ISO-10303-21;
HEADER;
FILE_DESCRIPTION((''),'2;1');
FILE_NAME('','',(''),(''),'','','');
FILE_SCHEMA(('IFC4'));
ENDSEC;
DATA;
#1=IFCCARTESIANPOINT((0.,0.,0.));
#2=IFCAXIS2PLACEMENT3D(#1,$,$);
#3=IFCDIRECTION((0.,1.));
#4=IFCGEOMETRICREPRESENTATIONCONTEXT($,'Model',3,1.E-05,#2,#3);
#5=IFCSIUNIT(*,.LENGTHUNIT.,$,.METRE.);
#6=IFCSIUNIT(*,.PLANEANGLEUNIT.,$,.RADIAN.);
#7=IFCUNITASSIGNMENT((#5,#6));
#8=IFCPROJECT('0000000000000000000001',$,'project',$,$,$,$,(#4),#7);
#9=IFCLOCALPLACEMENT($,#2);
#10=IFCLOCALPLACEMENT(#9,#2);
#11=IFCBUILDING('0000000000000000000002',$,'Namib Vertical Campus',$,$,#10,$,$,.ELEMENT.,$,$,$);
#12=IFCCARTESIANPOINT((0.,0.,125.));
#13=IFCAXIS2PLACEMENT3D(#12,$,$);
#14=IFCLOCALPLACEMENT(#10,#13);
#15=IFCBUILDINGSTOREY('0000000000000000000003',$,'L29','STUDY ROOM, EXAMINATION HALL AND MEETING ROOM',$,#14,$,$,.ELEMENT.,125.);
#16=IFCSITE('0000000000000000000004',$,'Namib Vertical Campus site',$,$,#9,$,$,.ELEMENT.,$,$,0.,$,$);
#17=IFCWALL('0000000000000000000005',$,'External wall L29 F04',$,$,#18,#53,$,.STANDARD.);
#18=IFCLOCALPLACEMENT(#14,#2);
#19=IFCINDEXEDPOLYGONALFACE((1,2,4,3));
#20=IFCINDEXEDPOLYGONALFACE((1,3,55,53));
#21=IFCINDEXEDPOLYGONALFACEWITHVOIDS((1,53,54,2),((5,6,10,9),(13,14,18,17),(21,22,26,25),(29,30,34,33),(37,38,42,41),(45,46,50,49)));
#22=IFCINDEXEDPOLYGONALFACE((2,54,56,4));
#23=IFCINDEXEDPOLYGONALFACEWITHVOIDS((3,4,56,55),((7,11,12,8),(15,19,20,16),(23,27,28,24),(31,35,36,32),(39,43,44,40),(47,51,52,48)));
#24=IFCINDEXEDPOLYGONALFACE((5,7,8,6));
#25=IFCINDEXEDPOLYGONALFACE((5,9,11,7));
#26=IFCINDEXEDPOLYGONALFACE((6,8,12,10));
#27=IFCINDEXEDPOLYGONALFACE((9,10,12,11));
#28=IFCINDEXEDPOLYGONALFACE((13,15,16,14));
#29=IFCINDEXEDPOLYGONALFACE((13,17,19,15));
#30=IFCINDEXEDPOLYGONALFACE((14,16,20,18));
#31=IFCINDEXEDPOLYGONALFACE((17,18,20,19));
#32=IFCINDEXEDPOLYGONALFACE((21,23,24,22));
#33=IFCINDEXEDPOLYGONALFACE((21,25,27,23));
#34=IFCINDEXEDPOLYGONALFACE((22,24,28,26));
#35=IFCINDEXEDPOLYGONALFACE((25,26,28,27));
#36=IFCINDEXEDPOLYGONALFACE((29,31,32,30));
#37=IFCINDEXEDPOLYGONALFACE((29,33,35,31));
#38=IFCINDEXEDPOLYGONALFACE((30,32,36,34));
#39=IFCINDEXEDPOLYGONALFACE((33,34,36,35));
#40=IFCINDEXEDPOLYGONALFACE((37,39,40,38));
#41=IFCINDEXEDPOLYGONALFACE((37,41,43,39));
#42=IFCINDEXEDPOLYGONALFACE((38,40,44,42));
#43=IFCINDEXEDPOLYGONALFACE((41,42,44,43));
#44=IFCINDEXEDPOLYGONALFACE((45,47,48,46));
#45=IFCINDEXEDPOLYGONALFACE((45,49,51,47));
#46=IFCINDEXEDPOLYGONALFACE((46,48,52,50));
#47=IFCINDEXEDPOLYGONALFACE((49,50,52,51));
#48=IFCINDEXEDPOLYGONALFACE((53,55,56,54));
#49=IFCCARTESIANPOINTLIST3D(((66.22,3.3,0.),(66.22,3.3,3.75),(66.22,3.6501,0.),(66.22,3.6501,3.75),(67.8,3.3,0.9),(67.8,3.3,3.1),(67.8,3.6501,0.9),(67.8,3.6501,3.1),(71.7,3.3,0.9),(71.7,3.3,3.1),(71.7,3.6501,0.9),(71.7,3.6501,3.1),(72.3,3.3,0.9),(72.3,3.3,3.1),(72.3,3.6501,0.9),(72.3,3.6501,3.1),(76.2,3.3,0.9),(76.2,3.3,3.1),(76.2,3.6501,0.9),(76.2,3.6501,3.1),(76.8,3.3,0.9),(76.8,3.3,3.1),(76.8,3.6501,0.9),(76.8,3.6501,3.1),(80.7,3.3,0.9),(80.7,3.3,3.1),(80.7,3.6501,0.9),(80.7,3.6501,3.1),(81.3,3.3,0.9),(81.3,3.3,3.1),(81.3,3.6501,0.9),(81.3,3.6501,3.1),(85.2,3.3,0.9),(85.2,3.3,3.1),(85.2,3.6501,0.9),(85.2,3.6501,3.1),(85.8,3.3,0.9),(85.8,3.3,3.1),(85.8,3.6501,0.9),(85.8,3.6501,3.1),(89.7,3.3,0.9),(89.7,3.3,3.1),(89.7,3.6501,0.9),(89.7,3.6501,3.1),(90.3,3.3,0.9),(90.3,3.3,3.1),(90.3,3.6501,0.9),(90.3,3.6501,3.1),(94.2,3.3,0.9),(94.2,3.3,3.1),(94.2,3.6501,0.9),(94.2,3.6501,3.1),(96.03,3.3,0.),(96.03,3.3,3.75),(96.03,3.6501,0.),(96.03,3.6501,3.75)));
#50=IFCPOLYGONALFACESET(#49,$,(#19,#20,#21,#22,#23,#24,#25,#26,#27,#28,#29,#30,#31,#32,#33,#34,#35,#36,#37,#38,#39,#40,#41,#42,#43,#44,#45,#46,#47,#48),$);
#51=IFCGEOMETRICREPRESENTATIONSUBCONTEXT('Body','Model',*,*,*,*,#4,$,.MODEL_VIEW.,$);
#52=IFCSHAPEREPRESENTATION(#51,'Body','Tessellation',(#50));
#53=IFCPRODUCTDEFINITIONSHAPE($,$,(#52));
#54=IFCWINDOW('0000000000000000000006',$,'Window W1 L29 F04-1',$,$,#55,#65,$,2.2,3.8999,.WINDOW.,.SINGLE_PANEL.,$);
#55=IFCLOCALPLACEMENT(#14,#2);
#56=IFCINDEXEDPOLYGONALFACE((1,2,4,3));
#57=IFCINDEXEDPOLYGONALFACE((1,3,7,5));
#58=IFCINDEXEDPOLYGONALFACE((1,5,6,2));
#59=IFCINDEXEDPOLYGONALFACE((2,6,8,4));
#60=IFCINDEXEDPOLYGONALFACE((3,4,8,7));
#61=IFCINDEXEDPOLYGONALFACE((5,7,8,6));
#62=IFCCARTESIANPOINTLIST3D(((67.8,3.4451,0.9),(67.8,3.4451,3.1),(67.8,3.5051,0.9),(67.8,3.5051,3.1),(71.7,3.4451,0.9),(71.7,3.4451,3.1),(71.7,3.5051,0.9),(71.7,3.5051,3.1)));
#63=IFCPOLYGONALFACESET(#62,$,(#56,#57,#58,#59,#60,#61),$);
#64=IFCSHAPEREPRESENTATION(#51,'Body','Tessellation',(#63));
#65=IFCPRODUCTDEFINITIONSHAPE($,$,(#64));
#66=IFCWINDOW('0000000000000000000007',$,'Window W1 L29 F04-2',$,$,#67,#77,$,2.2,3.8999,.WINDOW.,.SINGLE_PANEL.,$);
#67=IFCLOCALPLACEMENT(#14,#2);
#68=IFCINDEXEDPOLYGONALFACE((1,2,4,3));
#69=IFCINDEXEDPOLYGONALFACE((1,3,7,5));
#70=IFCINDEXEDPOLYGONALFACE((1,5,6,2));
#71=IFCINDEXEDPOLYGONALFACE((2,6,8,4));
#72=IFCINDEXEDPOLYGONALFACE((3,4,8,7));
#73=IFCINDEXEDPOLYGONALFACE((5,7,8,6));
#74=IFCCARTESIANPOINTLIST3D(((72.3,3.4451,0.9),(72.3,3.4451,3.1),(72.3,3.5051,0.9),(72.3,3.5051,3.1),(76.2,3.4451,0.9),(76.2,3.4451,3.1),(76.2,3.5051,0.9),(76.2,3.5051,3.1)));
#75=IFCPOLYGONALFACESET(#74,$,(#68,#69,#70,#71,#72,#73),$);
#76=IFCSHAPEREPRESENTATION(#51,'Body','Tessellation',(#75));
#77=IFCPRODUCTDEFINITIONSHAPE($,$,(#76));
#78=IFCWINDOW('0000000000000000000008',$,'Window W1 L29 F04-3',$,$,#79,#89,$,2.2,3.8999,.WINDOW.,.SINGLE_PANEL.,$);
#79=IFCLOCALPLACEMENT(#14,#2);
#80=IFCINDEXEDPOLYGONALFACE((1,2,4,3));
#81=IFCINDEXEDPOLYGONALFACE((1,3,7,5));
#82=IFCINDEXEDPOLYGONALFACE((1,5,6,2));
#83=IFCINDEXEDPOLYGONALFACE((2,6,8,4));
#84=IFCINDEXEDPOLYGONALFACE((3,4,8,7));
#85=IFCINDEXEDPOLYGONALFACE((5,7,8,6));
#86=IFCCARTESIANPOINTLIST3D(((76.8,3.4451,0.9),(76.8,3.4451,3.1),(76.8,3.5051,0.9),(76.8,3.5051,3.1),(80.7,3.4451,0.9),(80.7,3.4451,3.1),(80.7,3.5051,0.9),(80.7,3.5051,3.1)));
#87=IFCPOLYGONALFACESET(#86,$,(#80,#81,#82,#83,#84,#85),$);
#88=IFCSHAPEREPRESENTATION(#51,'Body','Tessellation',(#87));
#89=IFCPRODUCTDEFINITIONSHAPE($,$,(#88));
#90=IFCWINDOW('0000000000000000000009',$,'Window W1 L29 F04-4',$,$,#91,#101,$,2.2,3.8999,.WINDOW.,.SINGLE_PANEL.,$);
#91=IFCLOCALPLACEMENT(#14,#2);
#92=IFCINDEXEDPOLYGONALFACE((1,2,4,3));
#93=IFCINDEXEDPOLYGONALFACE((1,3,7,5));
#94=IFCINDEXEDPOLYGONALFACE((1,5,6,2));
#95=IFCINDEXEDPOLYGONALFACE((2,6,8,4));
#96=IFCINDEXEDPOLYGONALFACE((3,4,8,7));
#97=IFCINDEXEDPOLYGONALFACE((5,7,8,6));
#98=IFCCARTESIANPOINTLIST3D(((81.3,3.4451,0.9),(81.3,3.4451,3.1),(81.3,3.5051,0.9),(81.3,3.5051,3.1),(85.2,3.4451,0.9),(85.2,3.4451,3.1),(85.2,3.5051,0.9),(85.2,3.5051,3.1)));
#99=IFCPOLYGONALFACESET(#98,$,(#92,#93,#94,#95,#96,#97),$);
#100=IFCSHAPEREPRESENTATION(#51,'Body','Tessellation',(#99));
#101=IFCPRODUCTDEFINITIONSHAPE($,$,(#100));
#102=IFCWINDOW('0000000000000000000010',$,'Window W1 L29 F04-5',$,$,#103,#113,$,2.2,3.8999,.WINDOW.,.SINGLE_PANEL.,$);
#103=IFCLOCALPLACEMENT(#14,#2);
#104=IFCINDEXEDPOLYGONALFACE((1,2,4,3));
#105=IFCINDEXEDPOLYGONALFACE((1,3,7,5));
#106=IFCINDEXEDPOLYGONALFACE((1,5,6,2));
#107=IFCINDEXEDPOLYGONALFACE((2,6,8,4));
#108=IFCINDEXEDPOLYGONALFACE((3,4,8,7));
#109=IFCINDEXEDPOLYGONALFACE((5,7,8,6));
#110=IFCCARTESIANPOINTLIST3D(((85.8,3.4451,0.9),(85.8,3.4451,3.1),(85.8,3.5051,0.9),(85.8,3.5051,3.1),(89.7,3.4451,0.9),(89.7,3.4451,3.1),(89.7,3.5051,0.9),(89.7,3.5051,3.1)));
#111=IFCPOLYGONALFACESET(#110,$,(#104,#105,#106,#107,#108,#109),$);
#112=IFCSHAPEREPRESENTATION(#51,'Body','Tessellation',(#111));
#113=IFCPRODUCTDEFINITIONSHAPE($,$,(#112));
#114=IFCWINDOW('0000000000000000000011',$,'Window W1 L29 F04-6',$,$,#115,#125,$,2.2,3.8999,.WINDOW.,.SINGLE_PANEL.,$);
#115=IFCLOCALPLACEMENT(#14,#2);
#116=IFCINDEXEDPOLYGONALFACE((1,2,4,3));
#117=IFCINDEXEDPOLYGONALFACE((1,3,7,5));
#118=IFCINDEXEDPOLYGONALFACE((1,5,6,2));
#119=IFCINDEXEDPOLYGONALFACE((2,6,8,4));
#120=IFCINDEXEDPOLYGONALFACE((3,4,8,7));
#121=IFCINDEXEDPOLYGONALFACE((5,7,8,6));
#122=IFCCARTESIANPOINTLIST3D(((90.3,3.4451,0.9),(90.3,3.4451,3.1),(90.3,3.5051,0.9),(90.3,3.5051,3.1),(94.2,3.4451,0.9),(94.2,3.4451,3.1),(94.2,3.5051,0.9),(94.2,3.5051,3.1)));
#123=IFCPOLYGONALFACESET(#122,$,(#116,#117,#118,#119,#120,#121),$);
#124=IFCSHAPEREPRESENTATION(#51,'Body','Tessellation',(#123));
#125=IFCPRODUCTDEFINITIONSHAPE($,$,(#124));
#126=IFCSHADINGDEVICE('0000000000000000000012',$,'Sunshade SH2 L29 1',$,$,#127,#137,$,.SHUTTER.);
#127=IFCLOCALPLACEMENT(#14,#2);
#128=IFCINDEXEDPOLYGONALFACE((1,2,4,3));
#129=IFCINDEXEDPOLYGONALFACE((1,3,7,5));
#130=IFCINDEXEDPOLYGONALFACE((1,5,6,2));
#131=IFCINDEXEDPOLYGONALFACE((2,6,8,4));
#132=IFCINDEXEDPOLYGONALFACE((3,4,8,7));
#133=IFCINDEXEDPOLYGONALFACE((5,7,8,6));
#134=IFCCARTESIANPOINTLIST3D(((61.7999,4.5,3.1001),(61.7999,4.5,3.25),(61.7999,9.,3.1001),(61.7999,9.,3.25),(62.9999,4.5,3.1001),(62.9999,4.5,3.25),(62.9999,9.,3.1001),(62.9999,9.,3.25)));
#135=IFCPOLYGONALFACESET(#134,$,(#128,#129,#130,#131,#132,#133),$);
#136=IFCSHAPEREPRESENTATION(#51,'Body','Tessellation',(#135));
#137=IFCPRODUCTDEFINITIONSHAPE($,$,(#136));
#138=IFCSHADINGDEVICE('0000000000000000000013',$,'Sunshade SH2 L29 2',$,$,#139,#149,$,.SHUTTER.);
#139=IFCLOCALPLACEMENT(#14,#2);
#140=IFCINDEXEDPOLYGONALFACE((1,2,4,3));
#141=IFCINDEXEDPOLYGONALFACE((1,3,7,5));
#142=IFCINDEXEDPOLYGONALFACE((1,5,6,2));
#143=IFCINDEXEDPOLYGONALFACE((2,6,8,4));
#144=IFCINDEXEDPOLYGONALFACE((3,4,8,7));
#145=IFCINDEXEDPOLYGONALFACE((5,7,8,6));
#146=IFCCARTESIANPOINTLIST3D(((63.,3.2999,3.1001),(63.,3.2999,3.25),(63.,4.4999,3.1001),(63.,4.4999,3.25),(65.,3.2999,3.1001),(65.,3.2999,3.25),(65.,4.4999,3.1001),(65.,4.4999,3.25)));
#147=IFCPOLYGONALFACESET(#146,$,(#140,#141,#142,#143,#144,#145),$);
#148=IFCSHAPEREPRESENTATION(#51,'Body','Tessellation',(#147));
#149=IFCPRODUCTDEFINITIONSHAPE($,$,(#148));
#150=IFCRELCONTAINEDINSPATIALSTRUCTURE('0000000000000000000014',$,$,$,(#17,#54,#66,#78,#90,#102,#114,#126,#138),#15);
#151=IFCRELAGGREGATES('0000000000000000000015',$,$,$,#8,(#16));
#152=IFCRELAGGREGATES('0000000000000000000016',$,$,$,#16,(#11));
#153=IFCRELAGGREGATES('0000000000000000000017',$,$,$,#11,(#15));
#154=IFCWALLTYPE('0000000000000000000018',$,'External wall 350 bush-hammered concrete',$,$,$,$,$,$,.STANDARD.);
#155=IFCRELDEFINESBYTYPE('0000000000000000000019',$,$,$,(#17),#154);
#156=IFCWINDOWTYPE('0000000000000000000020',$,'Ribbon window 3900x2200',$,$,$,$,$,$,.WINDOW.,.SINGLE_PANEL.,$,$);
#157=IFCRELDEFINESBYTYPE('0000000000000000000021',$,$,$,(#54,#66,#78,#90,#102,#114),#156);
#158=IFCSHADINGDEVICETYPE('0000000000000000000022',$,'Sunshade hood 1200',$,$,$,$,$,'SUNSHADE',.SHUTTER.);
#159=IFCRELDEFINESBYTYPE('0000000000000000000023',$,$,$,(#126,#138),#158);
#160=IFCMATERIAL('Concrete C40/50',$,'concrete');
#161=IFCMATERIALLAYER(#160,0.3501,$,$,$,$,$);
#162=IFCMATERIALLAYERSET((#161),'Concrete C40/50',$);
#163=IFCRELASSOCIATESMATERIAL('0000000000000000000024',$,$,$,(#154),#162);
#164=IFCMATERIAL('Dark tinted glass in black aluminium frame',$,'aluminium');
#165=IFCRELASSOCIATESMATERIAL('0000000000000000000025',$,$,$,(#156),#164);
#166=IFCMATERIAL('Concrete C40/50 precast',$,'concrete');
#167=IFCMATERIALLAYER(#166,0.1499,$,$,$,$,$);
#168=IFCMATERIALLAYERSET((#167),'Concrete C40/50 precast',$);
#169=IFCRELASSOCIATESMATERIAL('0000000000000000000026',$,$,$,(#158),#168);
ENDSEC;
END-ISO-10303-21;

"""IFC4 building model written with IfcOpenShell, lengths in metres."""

from ifc_helpers import new_model, si_unit, direction, frame, frame_2d, origin, origin_2d, place, context, subcontext, project, spatial, rectangle, extrude, material, layer, layer_set, type_object, element, fill, save


model = new_model("IFC4")

# Units and contexts
model_context = context("Model", 3, precision=1e-05, world=origin(), true_north=direction((0.0, 1.0)))
body_context = subcontext(model_context, "Body", "Model", "MODEL_VIEW")
ifc_project = project(units=[si_unit("LENGTHUNIT", "METRE"), si_unit("PLANEANGLEUNIT", "RADIAN")], contexts=[model_context])

# Site, building, storey
site_placement = place(None, origin())
site = spatial("IfcSite", under=ifc_project, at=site_placement, Name="Namib Vertical Campus site", CompositionType="ELEMENT", RefElevation=0.0)
building_placement = place(site_placement, origin())
building = spatial("IfcBuilding", under=site, at=building_placement, Name="Namib Vertical Campus", CompositionType="ELEMENT")
storey_placement = place(building_placement, frame((0.0, 0.0, 125.0)))
storey = spatial("IfcBuildingStorey", under=building, at=storey_placement, Name="L29", Description="STUDY ROOM, EXAMINATION HALL AND MEETING ROOM", CompositionType="ELEMENT", Elevation=125.0)

# Shared definitions
ifc_material_1 = material(Name="Concrete C40/50", Category="concrete")
ifc_layer_1 = layer(ifc_material_1, 0.3501)
ifc_layer_set_1 = layer_set([ifc_layer_1], Name="Concrete C40/50")
wall_type = type_object("IfcWallType", Name="External wall 350 bush-hammered concrete", PredefinedType="STANDARD", material=ifc_layer_set_1)

# Wall, openings, windows
wall_1_placement = place(storey_placement, frame((66.22, 3.4751, 0.0), z_axis=(0.0, 0.0, 1.0), x_axis=(1.0, 0.0, 0.0)))
wall_1 = element("IfcWall", 1, at=wall_1_placement, inside=storey, type_object=wall_type, Name="External wall L29 F04", PredefinedType="STANDARD", context=body_context, shape_type="SweptSolid", body=[
    extrude(rectangle(XDim=29.8101, YDim=0.3501, at=frame_2d((14.905, 0.0))), origin(), (0.0, 0.0, 1.0), 3.75),
])
opening_1_placement = place(wall_1_placement, frame((1.5801, 0.0, 0.8999)))
opening_1 = element("IfcOpeningElement", 2, at=opening_1_placement, cuts=wall_1, PredefinedType="OPENING", context=body_context, shape_type="SweptSolid", body=[
    extrude(rectangle(XDim=3.8999, YDim=2.2, at=frame_2d((1.95, 1.1001))), frame((0.0, 0.1851, 0.0), z_axis=(0.0, -1.0, 0.0), x_axis=(1.0, 0.0, 0.0)), (0.0, 0.0, 1.0), 0.3701),
])
opening_2_placement = place(wall_1_placement, frame((6.0801, 0.0, 0.8999)))
opening_2 = element("IfcOpeningElement", 3, at=opening_2_placement, cuts=wall_1, PredefinedType="OPENING", context=body_context, shape_type="SweptSolid", body=[
    extrude(rectangle(XDim=3.8999, YDim=2.2, at=frame_2d((1.95, 1.1001))), frame((0.0, 0.1851, 0.0), z_axis=(0.0, -1.0, 0.0), x_axis=(1.0, 0.0, 0.0)), (0.0, 0.0, 1.0), 0.3701),
])
opening_3_placement = place(wall_1_placement, frame((10.5801, 0.0, 0.8999)))
opening_3 = element("IfcOpeningElement", 4, at=opening_3_placement, cuts=wall_1, PredefinedType="OPENING", context=body_context, shape_type="SweptSolid", body=[
    extrude(rectangle(XDim=3.8999, YDim=2.2, at=frame_2d((1.95, 1.1001))), frame((0.0, 0.1851, 0.0), z_axis=(0.0, -1.0, 0.0), x_axis=(1.0, 0.0, 0.0)), (0.0, 0.0, 1.0), 0.3701),
])
opening_4_placement = place(wall_1_placement, frame((15.0801, 0.0, 0.8999)))
opening_4 = element("IfcOpeningElement", 5, at=opening_4_placement, cuts=wall_1, PredefinedType="OPENING", context=body_context, shape_type="SweptSolid", body=[
    extrude(rectangle(XDim=3.8999, YDim=2.2, at=frame_2d((1.95, 1.1001))), frame((0.0, 0.1851, 0.0), z_axis=(0.0, -1.0, 0.0), x_axis=(1.0, 0.0, 0.0)), (0.0, 0.0, 1.0), 0.3701),
])
opening_5_placement = place(wall_1_placement, frame((19.5801, 0.0, 0.8999)))
opening_5 = element("IfcOpeningElement", 6, at=opening_5_placement, cuts=wall_1, PredefinedType="OPENING", context=body_context, shape_type="SweptSolid", body=[
    extrude(rectangle(XDim=3.8999, YDim=2.2, at=frame_2d((1.95, 1.1001))), frame((0.0, 0.1851, 0.0), z_axis=(0.0, -1.0, 0.0), x_axis=(1.0, 0.0, 0.0)), (0.0, 0.0, 1.0), 0.3701),
])
opening_6_placement = place(wall_1_placement, frame((24.0801, 0.0, 0.8999)))
opening_6 = element("IfcOpeningElement", 7, at=opening_6_placement, cuts=wall_1, PredefinedType="OPENING", context=body_context, shape_type="SweptSolid", body=[
    extrude(rectangle(XDim=3.8999, YDim=2.2, at=frame_2d((1.95, 1.1001))), frame((0.0, 0.1851, 0.0), z_axis=(0.0, -1.0, 0.0), x_axis=(1.0, 0.0, 0.0)), (0.0, 0.0, 1.0), 0.3701),
])
ifc_material_2 = material(Name="Dark tinted glass in black aluminium frame", Category="aluminium")
window_type = type_object("IfcWindowType", Name="Ribbon window 3900x2200", PartitioningType="SINGLE_PANEL", PredefinedType="WINDOW", material=ifc_material_2)
window_1_placement = place(opening_1_placement, origin())
window_1 = element("IfcWindow", 8, at=window_1_placement, inside=storey, type_object=window_type, Name="Window W1 L29 F04-1", OverallHeight=2.2, OverallWidth=3.8999, PartitioningType="SINGLE_PANEL", PredefinedType="WINDOW", context=body_context, shape_type="SweptSolid", body=[
    extrude(rectangle(XDim=3.8999, YDim=2.2, at=frame_2d((1.95, 1.1001))), frame((0.0, 0.03, 0.0), z_axis=(0.0, -1.0, 0.0), x_axis=(1.0, 0.0, 0.0)), (0.0, 0.0, 1.0), 0.0601),
])
fill(opening_1, window_1)
window_2_placement = place(opening_2_placement, origin())
window_2 = element("IfcWindow", 9, at=window_2_placement, inside=storey, type_object=window_type, Name="Window W1 L29 F04-2", OverallHeight=2.2, OverallWidth=3.8999, PartitioningType="SINGLE_PANEL", PredefinedType="WINDOW", context=body_context, shape_type="SweptSolid", body=[
    extrude(rectangle(XDim=3.8999, YDim=2.2, at=frame_2d((1.95, 1.1001))), frame((0.0, 0.03, 0.0), z_axis=(0.0, -1.0, 0.0), x_axis=(1.0, 0.0, 0.0)), (0.0, 0.0, 1.0), 0.0601),
])
fill(opening_2, window_2)
window_3_placement = place(opening_3_placement, origin())
window_3 = element("IfcWindow", 10, at=window_3_placement, inside=storey, type_object=window_type, Name="Window W1 L29 F04-3", OverallHeight=2.2, OverallWidth=3.8999, PartitioningType="SINGLE_PANEL", PredefinedType="WINDOW", context=body_context, shape_type="SweptSolid", body=[
    extrude(rectangle(XDim=3.8999, YDim=2.2, at=frame_2d((1.95, 1.1001))), frame((0.0, 0.03, 0.0), z_axis=(0.0, -1.0, 0.0), x_axis=(1.0, 0.0, 0.0)), (0.0, 0.0, 1.0), 0.0601),
])
fill(opening_3, window_3)
window_4_placement = place(opening_4_placement, origin())
window_4 = element("IfcWindow", 11, at=window_4_placement, inside=storey, type_object=window_type, Name="Window W1 L29 F04-4", OverallHeight=2.2, OverallWidth=3.8999, PartitioningType="SINGLE_PANEL", PredefinedType="WINDOW", context=body_context, shape_type="SweptSolid", body=[
    extrude(rectangle(XDim=3.8999, YDim=2.2, at=frame_2d((1.95, 1.1001))), frame((0.0, 0.03, 0.0), z_axis=(0.0, -1.0, 0.0), x_axis=(1.0, 0.0, 0.0)), (0.0, 0.0, 1.0), 0.0601),
])
fill(opening_4, window_4)
window_5_placement = place(opening_5_placement, origin())
window_5 = element("IfcWindow", 12, at=window_5_placement, inside=storey, type_object=window_type, Name="Window W1 L29 F04-5", OverallHeight=2.2, OverallWidth=3.8999, PartitioningType="SINGLE_PANEL", PredefinedType="WINDOW", context=body_context, shape_type="SweptSolid", body=[
    extrude(rectangle(XDim=3.8999, YDim=2.2, at=frame_2d((1.95, 1.1001))), frame((0.0, 0.03, 0.0), z_axis=(0.0, -1.0, 0.0), x_axis=(1.0, 0.0, 0.0)), (0.0, 0.0, 1.0), 0.0601),
])
fill(opening_5, window_5)
window_6_placement = place(opening_6_placement, origin())
window_6 = element("IfcWindow", 13, at=window_6_placement, inside=storey, type_object=window_type, Name="Window W1 L29 F04-6", OverallHeight=2.2, OverallWidth=3.8999, PartitioningType="SINGLE_PANEL", PredefinedType="WINDOW", context=body_context, shape_type="SweptSolid", body=[
    extrude(rectangle(XDim=3.8999, YDim=2.2, at=frame_2d((1.95, 1.1001))), frame((0.0, 0.03, 0.0), z_axis=(0.0, -1.0, 0.0), x_axis=(1.0, 0.0, 0.0)), (0.0, 0.0, 1.0), 0.0601),
])
fill(opening_6, window_6)

# Shading devices
ifc_material_3 = material(Name="Concrete C40/50 precast", Category="concrete")
ifc_layer_2 = layer(ifc_material_3, 0.1499)
ifc_layer_set_2 = layer_set([ifc_layer_2], Name="Concrete C40/50 precast")
shading_device_type = type_object("IfcShadingDeviceType", Name="Sunshade hood 1200", ElementType="SUNSHADE", PredefinedType="SHUTTER", material=ifc_layer_set_2)
shading_device_1_placement = place(storey_placement, frame((62.3999, 6.75, 3.1001), z_axis=(0.0, 0.0, 1.0), x_axis=(0.0, -1.0, 0.0)))
element("IfcShadingDevice", 14, at=shading_device_1_placement, inside=storey, type_object=shading_device_type, Name="Sunshade SH2 L29 1", PredefinedType="SHUTTER", context=body_context, shape_type="SweptSolid", body=[
    extrude(rectangle(XDim=4.5, YDim=1.2, at=origin_2d()), origin(), (0.0, 0.0, 1.0), 0.1499),
])
shading_device_2_placement = place(storey_placement, frame((64.0, 3.8999, 3.1001), z_axis=(0.0, 0.0, 1.0), x_axis=(1.0, 0.0, 0.0)))
element("IfcShadingDevice", 15, at=shading_device_2_placement, inside=storey, type_object=shading_device_type, Name="Sunshade SH2 L29 2", PredefinedType="SHUTTER", context=body_context, shape_type="SweptSolid", body=[
    extrude(rectangle(XDim=2.0, YDim=1.2, at=origin_2d()), origin(), (0.0, 0.0, 1.0), 0.1499),
])

save(model, "model.ifc")
